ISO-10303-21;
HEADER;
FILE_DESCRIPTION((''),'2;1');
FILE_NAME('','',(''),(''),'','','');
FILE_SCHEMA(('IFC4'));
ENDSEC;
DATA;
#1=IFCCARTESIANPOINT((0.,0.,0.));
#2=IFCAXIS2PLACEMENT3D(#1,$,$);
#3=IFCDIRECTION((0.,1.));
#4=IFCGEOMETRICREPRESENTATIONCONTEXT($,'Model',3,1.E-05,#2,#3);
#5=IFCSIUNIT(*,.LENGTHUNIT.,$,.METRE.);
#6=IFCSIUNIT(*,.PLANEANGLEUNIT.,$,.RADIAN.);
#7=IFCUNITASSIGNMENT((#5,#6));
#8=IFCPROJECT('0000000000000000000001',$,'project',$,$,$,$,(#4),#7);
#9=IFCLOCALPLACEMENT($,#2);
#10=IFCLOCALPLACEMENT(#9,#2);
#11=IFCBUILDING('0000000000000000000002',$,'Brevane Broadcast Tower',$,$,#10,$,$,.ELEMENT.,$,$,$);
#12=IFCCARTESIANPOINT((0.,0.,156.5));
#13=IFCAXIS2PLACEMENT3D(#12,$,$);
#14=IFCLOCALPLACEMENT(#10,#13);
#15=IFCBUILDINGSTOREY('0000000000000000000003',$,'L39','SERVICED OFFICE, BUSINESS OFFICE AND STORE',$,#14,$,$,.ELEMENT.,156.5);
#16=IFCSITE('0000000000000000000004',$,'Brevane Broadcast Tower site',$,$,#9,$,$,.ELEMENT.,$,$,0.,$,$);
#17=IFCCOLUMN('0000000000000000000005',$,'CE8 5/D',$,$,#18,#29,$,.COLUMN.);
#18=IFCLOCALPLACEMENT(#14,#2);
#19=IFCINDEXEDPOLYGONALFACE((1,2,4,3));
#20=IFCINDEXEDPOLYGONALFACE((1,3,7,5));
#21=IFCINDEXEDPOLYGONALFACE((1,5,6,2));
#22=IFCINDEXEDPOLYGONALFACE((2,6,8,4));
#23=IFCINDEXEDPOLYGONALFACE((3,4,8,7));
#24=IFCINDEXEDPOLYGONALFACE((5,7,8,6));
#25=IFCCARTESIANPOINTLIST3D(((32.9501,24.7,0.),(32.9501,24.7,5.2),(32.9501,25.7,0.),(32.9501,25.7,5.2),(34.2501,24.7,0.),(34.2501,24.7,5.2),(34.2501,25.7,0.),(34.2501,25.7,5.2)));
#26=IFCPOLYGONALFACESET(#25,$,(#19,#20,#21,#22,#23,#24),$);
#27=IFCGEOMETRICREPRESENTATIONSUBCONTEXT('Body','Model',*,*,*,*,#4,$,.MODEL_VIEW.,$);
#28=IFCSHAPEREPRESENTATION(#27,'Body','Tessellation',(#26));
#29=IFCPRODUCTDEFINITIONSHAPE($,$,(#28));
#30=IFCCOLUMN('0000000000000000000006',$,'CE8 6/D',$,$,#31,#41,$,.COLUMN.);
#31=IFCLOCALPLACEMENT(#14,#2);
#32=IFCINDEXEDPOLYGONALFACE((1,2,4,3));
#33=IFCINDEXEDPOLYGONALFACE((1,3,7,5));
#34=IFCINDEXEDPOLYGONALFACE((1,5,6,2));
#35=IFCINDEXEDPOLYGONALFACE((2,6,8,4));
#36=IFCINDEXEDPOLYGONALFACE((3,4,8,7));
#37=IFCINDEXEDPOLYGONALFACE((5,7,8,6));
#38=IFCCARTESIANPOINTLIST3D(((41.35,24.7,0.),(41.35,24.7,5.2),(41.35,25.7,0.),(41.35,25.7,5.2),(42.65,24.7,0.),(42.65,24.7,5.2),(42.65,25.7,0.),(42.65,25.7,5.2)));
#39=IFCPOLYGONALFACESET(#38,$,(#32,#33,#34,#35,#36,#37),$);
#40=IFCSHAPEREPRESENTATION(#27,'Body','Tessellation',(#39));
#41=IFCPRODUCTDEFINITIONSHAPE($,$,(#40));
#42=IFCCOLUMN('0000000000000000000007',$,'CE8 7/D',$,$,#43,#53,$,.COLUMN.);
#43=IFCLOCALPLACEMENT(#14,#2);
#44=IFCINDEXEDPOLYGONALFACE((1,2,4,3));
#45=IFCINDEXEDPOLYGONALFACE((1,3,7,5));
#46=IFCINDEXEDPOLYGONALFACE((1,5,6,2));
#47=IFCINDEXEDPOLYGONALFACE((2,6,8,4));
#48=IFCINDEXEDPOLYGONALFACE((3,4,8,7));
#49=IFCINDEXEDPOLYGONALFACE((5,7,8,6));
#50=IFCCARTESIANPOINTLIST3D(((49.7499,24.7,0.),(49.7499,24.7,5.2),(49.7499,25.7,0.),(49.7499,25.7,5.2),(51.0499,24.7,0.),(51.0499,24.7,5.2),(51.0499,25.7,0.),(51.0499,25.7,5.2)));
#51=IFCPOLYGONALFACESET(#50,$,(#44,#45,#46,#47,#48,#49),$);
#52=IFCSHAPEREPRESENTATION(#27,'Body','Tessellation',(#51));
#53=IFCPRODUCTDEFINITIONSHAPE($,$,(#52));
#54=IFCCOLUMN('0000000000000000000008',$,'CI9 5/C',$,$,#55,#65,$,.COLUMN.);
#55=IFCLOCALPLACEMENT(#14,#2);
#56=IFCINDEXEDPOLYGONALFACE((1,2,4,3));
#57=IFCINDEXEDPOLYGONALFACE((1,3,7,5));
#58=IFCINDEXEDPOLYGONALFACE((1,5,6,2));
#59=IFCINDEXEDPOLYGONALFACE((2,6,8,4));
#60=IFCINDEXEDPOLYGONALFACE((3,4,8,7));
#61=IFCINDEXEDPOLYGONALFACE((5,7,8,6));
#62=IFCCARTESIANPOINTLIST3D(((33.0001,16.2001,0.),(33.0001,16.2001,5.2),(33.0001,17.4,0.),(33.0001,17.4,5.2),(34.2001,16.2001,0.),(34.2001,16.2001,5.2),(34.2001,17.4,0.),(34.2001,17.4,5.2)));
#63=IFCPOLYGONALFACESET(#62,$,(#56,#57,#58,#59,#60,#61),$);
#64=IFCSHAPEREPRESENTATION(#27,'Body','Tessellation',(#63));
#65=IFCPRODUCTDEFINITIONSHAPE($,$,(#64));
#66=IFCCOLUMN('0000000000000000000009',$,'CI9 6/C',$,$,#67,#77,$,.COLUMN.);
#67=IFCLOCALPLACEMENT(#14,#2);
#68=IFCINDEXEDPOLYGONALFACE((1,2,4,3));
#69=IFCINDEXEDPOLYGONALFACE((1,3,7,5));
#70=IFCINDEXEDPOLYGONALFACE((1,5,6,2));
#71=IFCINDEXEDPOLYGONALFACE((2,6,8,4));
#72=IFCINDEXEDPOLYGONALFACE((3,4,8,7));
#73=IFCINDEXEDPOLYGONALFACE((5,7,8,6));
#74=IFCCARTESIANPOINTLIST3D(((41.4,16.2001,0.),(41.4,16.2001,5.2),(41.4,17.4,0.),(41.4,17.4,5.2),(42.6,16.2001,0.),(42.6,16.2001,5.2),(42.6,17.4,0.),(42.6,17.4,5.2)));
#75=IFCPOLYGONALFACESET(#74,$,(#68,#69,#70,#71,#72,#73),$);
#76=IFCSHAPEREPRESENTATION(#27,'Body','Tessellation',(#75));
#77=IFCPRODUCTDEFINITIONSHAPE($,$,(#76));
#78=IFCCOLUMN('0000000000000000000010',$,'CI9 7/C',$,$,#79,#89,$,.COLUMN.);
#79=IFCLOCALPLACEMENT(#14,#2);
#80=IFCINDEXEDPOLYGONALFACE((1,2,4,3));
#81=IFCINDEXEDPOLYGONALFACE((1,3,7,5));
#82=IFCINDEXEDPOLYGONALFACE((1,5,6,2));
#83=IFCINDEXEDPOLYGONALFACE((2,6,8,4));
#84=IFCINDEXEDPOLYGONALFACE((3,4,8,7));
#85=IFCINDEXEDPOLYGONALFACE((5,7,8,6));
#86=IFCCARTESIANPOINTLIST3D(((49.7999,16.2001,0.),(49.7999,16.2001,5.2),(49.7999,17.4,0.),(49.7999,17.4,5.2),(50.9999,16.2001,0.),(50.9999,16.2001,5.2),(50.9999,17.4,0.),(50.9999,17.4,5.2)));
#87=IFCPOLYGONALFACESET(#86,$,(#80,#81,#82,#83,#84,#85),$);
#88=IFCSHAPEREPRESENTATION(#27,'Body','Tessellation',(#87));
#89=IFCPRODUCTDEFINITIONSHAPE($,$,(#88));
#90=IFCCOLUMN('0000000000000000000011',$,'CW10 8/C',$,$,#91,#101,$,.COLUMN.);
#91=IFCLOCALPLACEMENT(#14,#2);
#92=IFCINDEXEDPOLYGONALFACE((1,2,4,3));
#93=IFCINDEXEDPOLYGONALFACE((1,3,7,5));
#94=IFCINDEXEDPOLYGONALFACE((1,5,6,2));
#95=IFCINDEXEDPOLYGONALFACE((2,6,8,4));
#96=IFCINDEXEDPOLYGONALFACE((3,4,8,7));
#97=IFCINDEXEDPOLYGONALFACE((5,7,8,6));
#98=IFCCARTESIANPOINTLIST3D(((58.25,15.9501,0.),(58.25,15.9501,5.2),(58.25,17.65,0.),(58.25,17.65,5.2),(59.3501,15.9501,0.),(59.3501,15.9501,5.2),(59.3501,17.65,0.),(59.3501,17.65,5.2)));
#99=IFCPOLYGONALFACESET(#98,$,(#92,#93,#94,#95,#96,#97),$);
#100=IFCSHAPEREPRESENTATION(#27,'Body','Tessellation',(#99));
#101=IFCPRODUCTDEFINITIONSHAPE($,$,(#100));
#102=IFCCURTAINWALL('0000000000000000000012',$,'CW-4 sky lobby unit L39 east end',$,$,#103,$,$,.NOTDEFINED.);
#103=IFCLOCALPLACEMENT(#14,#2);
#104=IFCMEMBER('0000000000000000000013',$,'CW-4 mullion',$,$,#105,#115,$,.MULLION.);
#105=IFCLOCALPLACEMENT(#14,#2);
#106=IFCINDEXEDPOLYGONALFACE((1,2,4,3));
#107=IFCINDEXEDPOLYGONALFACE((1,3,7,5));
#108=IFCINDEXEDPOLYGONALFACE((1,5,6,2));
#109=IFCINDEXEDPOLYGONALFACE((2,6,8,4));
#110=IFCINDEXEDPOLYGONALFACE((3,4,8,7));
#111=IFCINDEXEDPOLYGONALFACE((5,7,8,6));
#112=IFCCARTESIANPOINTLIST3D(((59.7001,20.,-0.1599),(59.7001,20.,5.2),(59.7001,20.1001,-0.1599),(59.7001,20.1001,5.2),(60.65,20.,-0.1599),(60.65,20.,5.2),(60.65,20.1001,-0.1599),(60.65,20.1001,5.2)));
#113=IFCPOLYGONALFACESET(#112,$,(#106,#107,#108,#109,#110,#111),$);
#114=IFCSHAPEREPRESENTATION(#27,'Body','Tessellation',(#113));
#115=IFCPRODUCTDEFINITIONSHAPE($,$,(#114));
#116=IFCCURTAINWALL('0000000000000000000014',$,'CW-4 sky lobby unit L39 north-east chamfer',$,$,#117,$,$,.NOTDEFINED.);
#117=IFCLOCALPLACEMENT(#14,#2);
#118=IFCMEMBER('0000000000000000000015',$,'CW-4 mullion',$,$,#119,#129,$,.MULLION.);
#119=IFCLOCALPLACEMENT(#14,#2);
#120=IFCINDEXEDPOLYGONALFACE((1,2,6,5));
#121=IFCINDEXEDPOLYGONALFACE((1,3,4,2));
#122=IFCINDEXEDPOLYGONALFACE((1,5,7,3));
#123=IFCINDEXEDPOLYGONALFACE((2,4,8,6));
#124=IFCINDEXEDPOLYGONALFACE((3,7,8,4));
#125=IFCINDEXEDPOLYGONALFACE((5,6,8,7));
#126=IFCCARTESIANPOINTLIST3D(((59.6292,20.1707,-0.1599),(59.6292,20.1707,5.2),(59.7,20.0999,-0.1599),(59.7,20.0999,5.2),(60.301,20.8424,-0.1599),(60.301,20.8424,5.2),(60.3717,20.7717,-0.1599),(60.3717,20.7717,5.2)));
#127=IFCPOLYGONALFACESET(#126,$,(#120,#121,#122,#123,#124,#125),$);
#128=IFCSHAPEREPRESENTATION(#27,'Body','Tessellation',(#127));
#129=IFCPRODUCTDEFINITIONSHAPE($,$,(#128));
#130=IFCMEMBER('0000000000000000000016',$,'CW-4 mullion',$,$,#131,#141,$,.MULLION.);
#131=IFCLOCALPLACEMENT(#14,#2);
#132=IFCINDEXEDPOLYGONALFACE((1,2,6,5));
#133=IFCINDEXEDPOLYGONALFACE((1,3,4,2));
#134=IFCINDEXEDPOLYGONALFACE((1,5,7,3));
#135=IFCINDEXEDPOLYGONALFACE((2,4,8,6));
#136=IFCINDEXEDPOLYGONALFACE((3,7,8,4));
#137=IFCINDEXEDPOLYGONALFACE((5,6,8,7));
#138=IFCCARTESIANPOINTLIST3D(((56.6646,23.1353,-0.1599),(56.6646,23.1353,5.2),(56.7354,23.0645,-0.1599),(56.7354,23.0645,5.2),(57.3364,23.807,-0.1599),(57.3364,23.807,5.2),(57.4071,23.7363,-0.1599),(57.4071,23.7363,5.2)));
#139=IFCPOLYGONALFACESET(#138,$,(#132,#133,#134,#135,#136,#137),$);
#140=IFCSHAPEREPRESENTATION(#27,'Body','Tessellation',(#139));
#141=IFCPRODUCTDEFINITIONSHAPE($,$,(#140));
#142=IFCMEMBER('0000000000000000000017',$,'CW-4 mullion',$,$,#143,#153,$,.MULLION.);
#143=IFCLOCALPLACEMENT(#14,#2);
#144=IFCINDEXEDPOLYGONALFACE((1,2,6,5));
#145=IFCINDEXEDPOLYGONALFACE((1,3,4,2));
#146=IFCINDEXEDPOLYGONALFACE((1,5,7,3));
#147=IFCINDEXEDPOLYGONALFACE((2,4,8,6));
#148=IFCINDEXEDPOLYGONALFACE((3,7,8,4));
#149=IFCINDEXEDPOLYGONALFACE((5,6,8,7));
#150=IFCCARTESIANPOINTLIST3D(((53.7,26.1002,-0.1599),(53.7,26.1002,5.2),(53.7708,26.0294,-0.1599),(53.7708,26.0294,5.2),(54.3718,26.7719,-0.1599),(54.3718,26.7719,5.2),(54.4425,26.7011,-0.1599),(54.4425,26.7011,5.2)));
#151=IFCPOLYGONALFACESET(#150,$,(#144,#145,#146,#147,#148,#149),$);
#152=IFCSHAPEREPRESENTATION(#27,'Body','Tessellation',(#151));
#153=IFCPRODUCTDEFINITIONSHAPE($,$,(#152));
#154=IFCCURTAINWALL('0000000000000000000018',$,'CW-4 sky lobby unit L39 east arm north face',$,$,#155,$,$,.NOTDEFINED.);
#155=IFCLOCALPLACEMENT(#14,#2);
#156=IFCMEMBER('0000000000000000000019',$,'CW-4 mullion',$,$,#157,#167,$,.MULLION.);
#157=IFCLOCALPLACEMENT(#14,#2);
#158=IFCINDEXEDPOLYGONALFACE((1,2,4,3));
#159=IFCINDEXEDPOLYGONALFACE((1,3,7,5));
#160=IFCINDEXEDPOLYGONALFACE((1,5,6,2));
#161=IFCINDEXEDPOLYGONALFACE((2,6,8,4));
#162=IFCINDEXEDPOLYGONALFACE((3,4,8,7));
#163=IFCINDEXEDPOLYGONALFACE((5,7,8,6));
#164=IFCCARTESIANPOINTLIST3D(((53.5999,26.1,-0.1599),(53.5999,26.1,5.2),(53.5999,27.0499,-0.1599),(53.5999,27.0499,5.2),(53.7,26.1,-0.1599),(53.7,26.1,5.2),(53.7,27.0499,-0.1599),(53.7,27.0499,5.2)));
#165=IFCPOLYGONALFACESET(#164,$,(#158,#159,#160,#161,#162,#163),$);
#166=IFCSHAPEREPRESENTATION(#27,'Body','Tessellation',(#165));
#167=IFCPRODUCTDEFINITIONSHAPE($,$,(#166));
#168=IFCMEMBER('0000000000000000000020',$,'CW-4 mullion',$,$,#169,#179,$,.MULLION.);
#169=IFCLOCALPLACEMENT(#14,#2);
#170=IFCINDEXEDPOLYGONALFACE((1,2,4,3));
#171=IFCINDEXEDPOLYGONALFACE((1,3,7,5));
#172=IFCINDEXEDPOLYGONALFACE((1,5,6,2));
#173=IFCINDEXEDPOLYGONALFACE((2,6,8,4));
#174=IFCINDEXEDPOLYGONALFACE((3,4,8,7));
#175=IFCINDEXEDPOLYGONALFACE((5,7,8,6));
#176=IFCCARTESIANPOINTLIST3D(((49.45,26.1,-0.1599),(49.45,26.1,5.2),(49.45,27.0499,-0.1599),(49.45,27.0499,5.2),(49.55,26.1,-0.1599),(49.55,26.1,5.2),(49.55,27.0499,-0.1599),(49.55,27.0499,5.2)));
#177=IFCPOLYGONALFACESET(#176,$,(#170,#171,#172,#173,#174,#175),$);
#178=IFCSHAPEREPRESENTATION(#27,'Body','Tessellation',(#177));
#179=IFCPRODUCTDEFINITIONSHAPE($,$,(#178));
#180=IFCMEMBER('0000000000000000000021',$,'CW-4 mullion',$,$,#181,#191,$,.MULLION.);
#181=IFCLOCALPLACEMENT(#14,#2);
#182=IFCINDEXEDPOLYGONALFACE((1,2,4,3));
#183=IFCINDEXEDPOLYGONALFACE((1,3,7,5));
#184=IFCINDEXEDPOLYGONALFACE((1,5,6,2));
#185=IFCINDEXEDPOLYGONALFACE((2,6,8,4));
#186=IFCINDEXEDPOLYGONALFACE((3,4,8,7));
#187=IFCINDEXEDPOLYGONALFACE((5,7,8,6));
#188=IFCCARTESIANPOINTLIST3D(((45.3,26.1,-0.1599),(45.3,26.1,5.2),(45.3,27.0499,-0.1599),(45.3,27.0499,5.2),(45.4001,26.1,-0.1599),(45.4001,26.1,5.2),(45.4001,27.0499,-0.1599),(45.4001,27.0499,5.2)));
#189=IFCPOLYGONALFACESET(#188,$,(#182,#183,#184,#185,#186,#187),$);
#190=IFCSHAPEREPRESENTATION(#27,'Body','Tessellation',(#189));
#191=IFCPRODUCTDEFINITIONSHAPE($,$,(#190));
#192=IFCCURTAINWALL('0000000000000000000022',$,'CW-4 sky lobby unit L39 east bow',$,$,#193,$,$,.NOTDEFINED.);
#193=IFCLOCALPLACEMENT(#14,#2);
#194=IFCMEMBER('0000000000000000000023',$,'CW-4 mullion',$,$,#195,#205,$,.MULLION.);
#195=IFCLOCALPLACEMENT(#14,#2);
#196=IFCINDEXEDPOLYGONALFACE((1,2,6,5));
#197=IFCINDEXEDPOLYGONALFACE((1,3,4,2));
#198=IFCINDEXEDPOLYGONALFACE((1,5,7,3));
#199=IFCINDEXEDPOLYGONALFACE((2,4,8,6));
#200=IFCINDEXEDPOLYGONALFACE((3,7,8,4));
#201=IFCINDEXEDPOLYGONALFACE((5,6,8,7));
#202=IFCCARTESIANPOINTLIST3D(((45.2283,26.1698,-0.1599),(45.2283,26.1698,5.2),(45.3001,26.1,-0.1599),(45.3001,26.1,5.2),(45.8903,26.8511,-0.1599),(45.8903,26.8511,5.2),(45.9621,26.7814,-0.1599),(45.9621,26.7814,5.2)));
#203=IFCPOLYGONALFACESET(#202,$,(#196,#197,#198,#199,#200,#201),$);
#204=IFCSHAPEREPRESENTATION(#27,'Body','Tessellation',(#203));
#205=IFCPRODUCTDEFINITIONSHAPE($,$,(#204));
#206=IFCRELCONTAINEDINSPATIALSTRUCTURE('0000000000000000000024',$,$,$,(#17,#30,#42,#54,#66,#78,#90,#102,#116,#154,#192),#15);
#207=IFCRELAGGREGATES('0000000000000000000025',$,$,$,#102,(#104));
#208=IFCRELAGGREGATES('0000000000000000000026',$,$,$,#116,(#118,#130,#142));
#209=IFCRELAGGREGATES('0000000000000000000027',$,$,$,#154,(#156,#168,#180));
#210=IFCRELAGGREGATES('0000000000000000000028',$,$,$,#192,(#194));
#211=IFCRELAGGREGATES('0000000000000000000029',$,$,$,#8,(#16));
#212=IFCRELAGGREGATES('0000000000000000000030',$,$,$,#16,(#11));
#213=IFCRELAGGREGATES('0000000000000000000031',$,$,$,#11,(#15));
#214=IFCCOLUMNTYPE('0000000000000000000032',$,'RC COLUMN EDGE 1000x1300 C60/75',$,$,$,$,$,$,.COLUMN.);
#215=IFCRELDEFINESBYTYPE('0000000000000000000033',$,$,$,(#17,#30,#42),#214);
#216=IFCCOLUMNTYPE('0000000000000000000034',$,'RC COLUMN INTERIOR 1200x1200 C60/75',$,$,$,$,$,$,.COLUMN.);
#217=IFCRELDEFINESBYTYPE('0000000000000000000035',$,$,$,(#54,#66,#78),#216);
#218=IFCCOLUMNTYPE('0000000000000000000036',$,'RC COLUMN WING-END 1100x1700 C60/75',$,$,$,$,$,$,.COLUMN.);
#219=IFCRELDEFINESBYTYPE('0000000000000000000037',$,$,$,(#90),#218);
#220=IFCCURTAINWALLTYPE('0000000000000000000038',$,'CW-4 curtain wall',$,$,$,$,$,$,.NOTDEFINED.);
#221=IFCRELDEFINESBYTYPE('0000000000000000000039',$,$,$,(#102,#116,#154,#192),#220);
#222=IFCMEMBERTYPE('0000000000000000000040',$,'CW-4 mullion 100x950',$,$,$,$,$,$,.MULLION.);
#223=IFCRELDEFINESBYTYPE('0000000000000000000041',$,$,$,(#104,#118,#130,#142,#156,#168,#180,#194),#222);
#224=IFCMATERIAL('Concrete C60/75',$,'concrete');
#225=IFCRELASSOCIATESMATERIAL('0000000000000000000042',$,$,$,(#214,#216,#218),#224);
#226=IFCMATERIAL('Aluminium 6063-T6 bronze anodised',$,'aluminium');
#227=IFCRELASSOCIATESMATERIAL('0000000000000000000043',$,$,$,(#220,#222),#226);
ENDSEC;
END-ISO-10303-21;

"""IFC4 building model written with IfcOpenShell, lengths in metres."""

from ifc_helpers import new_model, si_unit, direction, frame, origin, origin_2d, place, context, subcontext, project, spatial, rectangle, extrude, material, material_profile, profile_set, type_object, element, aggregate, save


model = new_model("IFC4")

# Units and contexts
model_context = context("Model", 3, precision=1e-05, world=origin(), true_north=direction((0.0, 1.0)))
body_context = subcontext(model_context, "Body", "Model", "MODEL_VIEW")
ifc_project = project(units=[si_unit("LENGTHUNIT", "METRE"), si_unit("PLANEANGLEUNIT", "RADIAN")], contexts=[model_context])

# Site, building, storey
site_placement = place(None, origin())
site = spatial("IfcSite", under=ifc_project, at=site_placement, Name="Brevane Broadcast Tower site", CompositionType="ELEMENT", RefElevation=0.0)
building_placement = place(site_placement, origin())
building = spatial("IfcBuilding", under=site, at=building_placement, Name="Brevane Broadcast Tower", CompositionType="ELEMENT")
storey_placement = place(building_placement, frame((0.0, 0.0, 156.5)))
storey = spatial("IfcBuildingStorey", under=building, at=storey_placement, Name="L39", Description="SERVICED OFFICE, BUSINESS OFFICE AND STORE", CompositionType="ELEMENT", Elevation=156.5)

# Columns
ifc_material_1 = material(Name="Concrete C60/75", Category="concrete")
ifc_material_profile_1 = material_profile(ifc_material_1, rectangle(XDim=1.0, YDim=1.3, at=origin_2d()), Name="RC 1000x1300")
ifc_profile_set_1 = profile_set([ifc_material_profile_1], Name="Concrete C60/75")
column_type_1 = type_object("IfcColumnType", Name="RC COLUMN EDGE 1000x1300 C60/75", PredefinedType="COLUMN", material=ifc_profile_set_1)
for number, where, z_axis, x_axis, name in (
    (1, (33.6001, 25.2, 0.0), (0.0, 0.0, 1.0), (0.0, 1.0, 0.0), "CE8 5/D"),
    (2, (42.0, 25.2, 0.0), (0.0, 0.0, 1.0), (0.0, 1.0, 0.0), "CE8 6/D"),
    (3, (50.3999, 25.2, 0.0), (0.0, 0.0, 1.0), (0.0, 1.0, 0.0), "CE8 7/D"),
):
    element("IfcColumn", number, at=place(storey_placement, frame(where, z_axis=z_axis, x_axis=x_axis)), inside=storey, type_object=column_type_1, Name=name, PredefinedType="COLUMN", context=body_context, shape_type="SweptSolid", body=[
        extrude(rectangle(XDim=1.0, YDim=1.3, at=origin_2d()), origin(), (0.0, 0.0, 1.0), 5.2),
    ])
ifc_material_profile_2 = material_profile(ifc_material_1, rectangle(XDim=1.2, YDim=1.2, at=origin_2d()), Name="RC 1200x1200")
ifc_profile_set_2 = profile_set([ifc_material_profile_2], Name="Concrete C60/75")
column_type_2 = type_object("IfcColumnType", Name="RC COLUMN INTERIOR 1200x1200 C60/75", PredefinedType="COLUMN", material=ifc_profile_set_2)
for number, where, z_axis, x_axis, name in (
    (4, (33.6001, 16.8, 0.0), (0.0, 0.0, 1.0), (1.0, 0.0, 0.0), "CI9 5/C"),
    (5, (42.0, 16.8, 0.0), (0.0, 0.0, 1.0), (1.0, 0.0, 0.0), "CI9 6/C"),
    (6, (50.3999, 16.8, 0.0), (0.0, 0.0, 1.0), (1.0, 0.0, 0.0), "CI9 7/C"),
):
    element("IfcColumn", number, at=place(storey_placement, frame(where, z_axis=z_axis, x_axis=x_axis)), inside=storey, type_object=column_type_2, Name=name, PredefinedType="COLUMN", context=body_context, shape_type="SweptSolid", body=[
        extrude(rectangle(XDim=1.2, YDim=1.2, at=origin_2d()), origin(), (0.0, 0.0, 1.0), 5.2),
    ])
ifc_material_profile_3 = material_profile(ifc_material_1, rectangle(XDim=1.1001, YDim=1.7, at=origin_2d()), Name="RC 1100x1700")
ifc_profile_set_3 = profile_set([ifc_material_profile_3], Name="Concrete C60/75")
column_type_3 = type_object("IfcColumnType", Name="RC COLUMN WING-END 1100x1700 C60/75", PredefinedType="COLUMN", material=ifc_profile_set_3)
column_placement = place(storey_placement, frame((58.8, 16.8, 0.0), z_axis=(0.0, 0.0, 1.0), x_axis=(1.0, 0.0, 0.0)))
element("IfcColumn", 7, at=column_placement, inside=storey, type_object=column_type_3, Name="CW10 8/C", PredefinedType="COLUMN", context=body_context, shape_type="SweptSolid", body=[
    extrude(rectangle(XDim=1.1001, YDim=1.7, at=origin_2d()), origin(), (0.0, 0.0, 1.0), 5.2),
])

# Curtain wall, member
ifc_material_2 = material(Name="Aluminium 6063-T6 bronze anodised", Category="aluminium")
curtain_wall_type = type_object("IfcCurtainWallType", Name="CW-4 curtain wall", PredefinedType="NOTDEFINED", material=ifc_material_2)
curtain_wall_1_placement = place(storey_placement, origin())
curtain_wall_1 = element("IfcCurtainWall", 8, at=curtain_wall_1_placement, inside=storey, type_object=curtain_wall_type, Name="CW-4 sky lobby unit L39 east end", PredefinedType="NOTDEFINED")
ifc_material_profile_4 = material_profile(ifc_material_2, rectangle(XDim=0.95, YDim=0.1001, at=origin_2d()), Name="RECT 100x950")
ifc_profile_set_4 = profile_set([ifc_material_profile_4], Name="Aluminium 6063-T6 bronze anodised")
member_type_1 = type_object("IfcMemberType", Name="CW-4 mullion 100x950", PredefinedType="MULLION", material=ifc_profile_set_4)
member_1_placement = place(storey_placement, frame((60.175, 20.05, -0.1599), z_axis=(0.0, 0.0, 1.0), x_axis=(-1.0, 0.0, 0.0)))
member_1 = element("IfcMember", 9, at=member_1_placement, type_object=member_type_1, Name="CW-4 mullion", PredefinedType="MULLION", context=body_context, shape_type="SweptSolid", body=[
    extrude(rectangle(XDim=0.95, YDim=0.1001, at=origin_2d()), origin(), (0.0, 0.0, 1.0), 5.3599),
])

# Curtain walls, members
curtain_wall_2_placement = place(storey_placement, origin())
curtain_wall_2 = element("IfcCurtainWall", 10, at=curtain_wall_2_placement, inside=storey, type_object=curtain_wall_type, Name="CW-4 sky lobby unit L39 north-east chamfer", PredefinedType="NOTDEFINED")
member_2_placement = place(storey_placement, frame((60.0005, 20.4712, -0.1599), z_axis=(0.0, 0.0, 1.0), x_axis=(-0.707107, -0.707107, 0.0)))
member_2 = element("IfcMember", 11, at=member_2_placement, type_object=member_type_1, Name="CW-4 mullion", PredefinedType="MULLION", context=body_context, shape_type="SweptSolid", body=[
    extrude(rectangle(XDim=0.95, YDim=0.1001, at=origin_2d()), origin(), (0.0, 0.0, 1.0), 5.3599),
])
member_3_placement = place(storey_placement, frame((57.0359, 23.4358, -0.1599), z_axis=(0.0, 0.0, 1.0), x_axis=(-0.707107, -0.707107, 0.0)))
member_3 = element("IfcMember", 12, at=member_3_placement, type_object=member_type_1, Name="CW-4 mullion", PredefinedType="MULLION", context=body_context, shape_type="SweptSolid", body=[
    extrude(rectangle(XDim=0.95, YDim=0.1001, at=origin_2d()), origin(), (0.0, 0.0, 1.0), 5.3599),
])
member_4_placement = place(storey_placement, frame((54.0713, 26.4006, -0.1599), z_axis=(0.0, 0.0, 1.0), x_axis=(-0.707107, -0.707107, 0.0)))
member_4 = element("IfcMember", 13, at=member_4_placement, type_object=member_type_1, Name="CW-4 mullion", PredefinedType="MULLION", context=body_context, shape_type="SweptSolid", body=[
    extrude(rectangle(XDim=0.95, YDim=0.1001, at=origin_2d()), origin(), (0.0, 0.0, 1.0), 5.3599),
])
curtain_wall_3_placement = place(storey_placement, origin())
curtain_wall_3 = element("IfcCurtainWall", 14, at=curtain_wall_3_placement, inside=storey, type_object=curtain_wall_type, Name="CW-4 sky lobby unit L39 east arm north face", PredefinedType="NOTDEFINED")
member_5_placement = place(storey_placement, frame((53.6499, 26.575, -0.1599), z_axis=(0.0, 0.0, 1.0), x_axis=(0.0, -1.0, 0.0)))
member_5 = element("IfcMember", 15, at=member_5_placement, type_object=member_type_1, Name="CW-4 mullion", PredefinedType="MULLION", context=body_context, shape_type="SweptSolid", body=[
    extrude(rectangle(XDim=0.95, YDim=0.1001, at=origin_2d()), origin(), (0.0, 0.0, 1.0), 5.3599),
])
member_6_placement = place(storey_placement, frame((49.5, 26.575, -0.1599), z_axis=(0.0, 0.0, 1.0), x_axis=(0.0, -1.0, 0.0)))
member_6 = element("IfcMember", 16, at=member_6_placement, type_object=member_type_1, Name="CW-4 mullion", PredefinedType="MULLION", context=body_context, shape_type="SweptSolid", body=[
    extrude(rectangle(XDim=0.95, YDim=0.1001, at=origin_2d()), origin(), (0.0, 0.0, 1.0), 5.3599),
])
member_7_placement = place(storey_placement, frame((45.3501, 26.575, -0.1599), z_axis=(0.0, 0.0, 1.0), x_axis=(0.0, -1.0, 0.0)))
member_7 = element("IfcMember", 17, at=member_7_placement, type_object=member_type_1, Name="CW-4 mullion", PredefinedType="MULLION", context=body_context, shape_type="SweptSolid", body=[
    extrude(rectangle(XDim=0.95, YDim=0.1001, at=origin_2d()), origin(), (0.0, 0.0, 1.0), 5.3599),
])
curtain_wall_4_placement = place(storey_placement, origin())
curtain_wall_4 = element("IfcCurtainWall", 18, at=curtain_wall_4_placement, inside=storey, type_object=curtain_wall_type, Name="CW-4 sky lobby unit L39 east bow", PredefinedType="NOTDEFINED")
member_8_placement = place(storey_placement, frame((45.5952, 26.4756, -0.1599), z_axis=(0.0, 0.0, 1.0), x_axis=(-0.696812, -0.717254, 0.0)))
member_8 = element("IfcMember", 19, at=member_8_placement, type_object=member_type_1, Name="CW-4 mullion", PredefinedType="MULLION", context=body_context, shape_type="SweptSolid", body=[
    extrude(rectangle(XDim=0.95, YDim=0.1001, at=origin_2d()), origin(), (0.0, 0.0, 1.0), 5.3599),
])

aggregate(curtain_wall_1, [member_1])
aggregate(curtain_wall_2, [member_2, member_3, member_4])
aggregate(curtain_wall_3, [member_5, member_6, member_7])
aggregate(curtain_wall_4, [member_8])

save(model, "model.ifc")
